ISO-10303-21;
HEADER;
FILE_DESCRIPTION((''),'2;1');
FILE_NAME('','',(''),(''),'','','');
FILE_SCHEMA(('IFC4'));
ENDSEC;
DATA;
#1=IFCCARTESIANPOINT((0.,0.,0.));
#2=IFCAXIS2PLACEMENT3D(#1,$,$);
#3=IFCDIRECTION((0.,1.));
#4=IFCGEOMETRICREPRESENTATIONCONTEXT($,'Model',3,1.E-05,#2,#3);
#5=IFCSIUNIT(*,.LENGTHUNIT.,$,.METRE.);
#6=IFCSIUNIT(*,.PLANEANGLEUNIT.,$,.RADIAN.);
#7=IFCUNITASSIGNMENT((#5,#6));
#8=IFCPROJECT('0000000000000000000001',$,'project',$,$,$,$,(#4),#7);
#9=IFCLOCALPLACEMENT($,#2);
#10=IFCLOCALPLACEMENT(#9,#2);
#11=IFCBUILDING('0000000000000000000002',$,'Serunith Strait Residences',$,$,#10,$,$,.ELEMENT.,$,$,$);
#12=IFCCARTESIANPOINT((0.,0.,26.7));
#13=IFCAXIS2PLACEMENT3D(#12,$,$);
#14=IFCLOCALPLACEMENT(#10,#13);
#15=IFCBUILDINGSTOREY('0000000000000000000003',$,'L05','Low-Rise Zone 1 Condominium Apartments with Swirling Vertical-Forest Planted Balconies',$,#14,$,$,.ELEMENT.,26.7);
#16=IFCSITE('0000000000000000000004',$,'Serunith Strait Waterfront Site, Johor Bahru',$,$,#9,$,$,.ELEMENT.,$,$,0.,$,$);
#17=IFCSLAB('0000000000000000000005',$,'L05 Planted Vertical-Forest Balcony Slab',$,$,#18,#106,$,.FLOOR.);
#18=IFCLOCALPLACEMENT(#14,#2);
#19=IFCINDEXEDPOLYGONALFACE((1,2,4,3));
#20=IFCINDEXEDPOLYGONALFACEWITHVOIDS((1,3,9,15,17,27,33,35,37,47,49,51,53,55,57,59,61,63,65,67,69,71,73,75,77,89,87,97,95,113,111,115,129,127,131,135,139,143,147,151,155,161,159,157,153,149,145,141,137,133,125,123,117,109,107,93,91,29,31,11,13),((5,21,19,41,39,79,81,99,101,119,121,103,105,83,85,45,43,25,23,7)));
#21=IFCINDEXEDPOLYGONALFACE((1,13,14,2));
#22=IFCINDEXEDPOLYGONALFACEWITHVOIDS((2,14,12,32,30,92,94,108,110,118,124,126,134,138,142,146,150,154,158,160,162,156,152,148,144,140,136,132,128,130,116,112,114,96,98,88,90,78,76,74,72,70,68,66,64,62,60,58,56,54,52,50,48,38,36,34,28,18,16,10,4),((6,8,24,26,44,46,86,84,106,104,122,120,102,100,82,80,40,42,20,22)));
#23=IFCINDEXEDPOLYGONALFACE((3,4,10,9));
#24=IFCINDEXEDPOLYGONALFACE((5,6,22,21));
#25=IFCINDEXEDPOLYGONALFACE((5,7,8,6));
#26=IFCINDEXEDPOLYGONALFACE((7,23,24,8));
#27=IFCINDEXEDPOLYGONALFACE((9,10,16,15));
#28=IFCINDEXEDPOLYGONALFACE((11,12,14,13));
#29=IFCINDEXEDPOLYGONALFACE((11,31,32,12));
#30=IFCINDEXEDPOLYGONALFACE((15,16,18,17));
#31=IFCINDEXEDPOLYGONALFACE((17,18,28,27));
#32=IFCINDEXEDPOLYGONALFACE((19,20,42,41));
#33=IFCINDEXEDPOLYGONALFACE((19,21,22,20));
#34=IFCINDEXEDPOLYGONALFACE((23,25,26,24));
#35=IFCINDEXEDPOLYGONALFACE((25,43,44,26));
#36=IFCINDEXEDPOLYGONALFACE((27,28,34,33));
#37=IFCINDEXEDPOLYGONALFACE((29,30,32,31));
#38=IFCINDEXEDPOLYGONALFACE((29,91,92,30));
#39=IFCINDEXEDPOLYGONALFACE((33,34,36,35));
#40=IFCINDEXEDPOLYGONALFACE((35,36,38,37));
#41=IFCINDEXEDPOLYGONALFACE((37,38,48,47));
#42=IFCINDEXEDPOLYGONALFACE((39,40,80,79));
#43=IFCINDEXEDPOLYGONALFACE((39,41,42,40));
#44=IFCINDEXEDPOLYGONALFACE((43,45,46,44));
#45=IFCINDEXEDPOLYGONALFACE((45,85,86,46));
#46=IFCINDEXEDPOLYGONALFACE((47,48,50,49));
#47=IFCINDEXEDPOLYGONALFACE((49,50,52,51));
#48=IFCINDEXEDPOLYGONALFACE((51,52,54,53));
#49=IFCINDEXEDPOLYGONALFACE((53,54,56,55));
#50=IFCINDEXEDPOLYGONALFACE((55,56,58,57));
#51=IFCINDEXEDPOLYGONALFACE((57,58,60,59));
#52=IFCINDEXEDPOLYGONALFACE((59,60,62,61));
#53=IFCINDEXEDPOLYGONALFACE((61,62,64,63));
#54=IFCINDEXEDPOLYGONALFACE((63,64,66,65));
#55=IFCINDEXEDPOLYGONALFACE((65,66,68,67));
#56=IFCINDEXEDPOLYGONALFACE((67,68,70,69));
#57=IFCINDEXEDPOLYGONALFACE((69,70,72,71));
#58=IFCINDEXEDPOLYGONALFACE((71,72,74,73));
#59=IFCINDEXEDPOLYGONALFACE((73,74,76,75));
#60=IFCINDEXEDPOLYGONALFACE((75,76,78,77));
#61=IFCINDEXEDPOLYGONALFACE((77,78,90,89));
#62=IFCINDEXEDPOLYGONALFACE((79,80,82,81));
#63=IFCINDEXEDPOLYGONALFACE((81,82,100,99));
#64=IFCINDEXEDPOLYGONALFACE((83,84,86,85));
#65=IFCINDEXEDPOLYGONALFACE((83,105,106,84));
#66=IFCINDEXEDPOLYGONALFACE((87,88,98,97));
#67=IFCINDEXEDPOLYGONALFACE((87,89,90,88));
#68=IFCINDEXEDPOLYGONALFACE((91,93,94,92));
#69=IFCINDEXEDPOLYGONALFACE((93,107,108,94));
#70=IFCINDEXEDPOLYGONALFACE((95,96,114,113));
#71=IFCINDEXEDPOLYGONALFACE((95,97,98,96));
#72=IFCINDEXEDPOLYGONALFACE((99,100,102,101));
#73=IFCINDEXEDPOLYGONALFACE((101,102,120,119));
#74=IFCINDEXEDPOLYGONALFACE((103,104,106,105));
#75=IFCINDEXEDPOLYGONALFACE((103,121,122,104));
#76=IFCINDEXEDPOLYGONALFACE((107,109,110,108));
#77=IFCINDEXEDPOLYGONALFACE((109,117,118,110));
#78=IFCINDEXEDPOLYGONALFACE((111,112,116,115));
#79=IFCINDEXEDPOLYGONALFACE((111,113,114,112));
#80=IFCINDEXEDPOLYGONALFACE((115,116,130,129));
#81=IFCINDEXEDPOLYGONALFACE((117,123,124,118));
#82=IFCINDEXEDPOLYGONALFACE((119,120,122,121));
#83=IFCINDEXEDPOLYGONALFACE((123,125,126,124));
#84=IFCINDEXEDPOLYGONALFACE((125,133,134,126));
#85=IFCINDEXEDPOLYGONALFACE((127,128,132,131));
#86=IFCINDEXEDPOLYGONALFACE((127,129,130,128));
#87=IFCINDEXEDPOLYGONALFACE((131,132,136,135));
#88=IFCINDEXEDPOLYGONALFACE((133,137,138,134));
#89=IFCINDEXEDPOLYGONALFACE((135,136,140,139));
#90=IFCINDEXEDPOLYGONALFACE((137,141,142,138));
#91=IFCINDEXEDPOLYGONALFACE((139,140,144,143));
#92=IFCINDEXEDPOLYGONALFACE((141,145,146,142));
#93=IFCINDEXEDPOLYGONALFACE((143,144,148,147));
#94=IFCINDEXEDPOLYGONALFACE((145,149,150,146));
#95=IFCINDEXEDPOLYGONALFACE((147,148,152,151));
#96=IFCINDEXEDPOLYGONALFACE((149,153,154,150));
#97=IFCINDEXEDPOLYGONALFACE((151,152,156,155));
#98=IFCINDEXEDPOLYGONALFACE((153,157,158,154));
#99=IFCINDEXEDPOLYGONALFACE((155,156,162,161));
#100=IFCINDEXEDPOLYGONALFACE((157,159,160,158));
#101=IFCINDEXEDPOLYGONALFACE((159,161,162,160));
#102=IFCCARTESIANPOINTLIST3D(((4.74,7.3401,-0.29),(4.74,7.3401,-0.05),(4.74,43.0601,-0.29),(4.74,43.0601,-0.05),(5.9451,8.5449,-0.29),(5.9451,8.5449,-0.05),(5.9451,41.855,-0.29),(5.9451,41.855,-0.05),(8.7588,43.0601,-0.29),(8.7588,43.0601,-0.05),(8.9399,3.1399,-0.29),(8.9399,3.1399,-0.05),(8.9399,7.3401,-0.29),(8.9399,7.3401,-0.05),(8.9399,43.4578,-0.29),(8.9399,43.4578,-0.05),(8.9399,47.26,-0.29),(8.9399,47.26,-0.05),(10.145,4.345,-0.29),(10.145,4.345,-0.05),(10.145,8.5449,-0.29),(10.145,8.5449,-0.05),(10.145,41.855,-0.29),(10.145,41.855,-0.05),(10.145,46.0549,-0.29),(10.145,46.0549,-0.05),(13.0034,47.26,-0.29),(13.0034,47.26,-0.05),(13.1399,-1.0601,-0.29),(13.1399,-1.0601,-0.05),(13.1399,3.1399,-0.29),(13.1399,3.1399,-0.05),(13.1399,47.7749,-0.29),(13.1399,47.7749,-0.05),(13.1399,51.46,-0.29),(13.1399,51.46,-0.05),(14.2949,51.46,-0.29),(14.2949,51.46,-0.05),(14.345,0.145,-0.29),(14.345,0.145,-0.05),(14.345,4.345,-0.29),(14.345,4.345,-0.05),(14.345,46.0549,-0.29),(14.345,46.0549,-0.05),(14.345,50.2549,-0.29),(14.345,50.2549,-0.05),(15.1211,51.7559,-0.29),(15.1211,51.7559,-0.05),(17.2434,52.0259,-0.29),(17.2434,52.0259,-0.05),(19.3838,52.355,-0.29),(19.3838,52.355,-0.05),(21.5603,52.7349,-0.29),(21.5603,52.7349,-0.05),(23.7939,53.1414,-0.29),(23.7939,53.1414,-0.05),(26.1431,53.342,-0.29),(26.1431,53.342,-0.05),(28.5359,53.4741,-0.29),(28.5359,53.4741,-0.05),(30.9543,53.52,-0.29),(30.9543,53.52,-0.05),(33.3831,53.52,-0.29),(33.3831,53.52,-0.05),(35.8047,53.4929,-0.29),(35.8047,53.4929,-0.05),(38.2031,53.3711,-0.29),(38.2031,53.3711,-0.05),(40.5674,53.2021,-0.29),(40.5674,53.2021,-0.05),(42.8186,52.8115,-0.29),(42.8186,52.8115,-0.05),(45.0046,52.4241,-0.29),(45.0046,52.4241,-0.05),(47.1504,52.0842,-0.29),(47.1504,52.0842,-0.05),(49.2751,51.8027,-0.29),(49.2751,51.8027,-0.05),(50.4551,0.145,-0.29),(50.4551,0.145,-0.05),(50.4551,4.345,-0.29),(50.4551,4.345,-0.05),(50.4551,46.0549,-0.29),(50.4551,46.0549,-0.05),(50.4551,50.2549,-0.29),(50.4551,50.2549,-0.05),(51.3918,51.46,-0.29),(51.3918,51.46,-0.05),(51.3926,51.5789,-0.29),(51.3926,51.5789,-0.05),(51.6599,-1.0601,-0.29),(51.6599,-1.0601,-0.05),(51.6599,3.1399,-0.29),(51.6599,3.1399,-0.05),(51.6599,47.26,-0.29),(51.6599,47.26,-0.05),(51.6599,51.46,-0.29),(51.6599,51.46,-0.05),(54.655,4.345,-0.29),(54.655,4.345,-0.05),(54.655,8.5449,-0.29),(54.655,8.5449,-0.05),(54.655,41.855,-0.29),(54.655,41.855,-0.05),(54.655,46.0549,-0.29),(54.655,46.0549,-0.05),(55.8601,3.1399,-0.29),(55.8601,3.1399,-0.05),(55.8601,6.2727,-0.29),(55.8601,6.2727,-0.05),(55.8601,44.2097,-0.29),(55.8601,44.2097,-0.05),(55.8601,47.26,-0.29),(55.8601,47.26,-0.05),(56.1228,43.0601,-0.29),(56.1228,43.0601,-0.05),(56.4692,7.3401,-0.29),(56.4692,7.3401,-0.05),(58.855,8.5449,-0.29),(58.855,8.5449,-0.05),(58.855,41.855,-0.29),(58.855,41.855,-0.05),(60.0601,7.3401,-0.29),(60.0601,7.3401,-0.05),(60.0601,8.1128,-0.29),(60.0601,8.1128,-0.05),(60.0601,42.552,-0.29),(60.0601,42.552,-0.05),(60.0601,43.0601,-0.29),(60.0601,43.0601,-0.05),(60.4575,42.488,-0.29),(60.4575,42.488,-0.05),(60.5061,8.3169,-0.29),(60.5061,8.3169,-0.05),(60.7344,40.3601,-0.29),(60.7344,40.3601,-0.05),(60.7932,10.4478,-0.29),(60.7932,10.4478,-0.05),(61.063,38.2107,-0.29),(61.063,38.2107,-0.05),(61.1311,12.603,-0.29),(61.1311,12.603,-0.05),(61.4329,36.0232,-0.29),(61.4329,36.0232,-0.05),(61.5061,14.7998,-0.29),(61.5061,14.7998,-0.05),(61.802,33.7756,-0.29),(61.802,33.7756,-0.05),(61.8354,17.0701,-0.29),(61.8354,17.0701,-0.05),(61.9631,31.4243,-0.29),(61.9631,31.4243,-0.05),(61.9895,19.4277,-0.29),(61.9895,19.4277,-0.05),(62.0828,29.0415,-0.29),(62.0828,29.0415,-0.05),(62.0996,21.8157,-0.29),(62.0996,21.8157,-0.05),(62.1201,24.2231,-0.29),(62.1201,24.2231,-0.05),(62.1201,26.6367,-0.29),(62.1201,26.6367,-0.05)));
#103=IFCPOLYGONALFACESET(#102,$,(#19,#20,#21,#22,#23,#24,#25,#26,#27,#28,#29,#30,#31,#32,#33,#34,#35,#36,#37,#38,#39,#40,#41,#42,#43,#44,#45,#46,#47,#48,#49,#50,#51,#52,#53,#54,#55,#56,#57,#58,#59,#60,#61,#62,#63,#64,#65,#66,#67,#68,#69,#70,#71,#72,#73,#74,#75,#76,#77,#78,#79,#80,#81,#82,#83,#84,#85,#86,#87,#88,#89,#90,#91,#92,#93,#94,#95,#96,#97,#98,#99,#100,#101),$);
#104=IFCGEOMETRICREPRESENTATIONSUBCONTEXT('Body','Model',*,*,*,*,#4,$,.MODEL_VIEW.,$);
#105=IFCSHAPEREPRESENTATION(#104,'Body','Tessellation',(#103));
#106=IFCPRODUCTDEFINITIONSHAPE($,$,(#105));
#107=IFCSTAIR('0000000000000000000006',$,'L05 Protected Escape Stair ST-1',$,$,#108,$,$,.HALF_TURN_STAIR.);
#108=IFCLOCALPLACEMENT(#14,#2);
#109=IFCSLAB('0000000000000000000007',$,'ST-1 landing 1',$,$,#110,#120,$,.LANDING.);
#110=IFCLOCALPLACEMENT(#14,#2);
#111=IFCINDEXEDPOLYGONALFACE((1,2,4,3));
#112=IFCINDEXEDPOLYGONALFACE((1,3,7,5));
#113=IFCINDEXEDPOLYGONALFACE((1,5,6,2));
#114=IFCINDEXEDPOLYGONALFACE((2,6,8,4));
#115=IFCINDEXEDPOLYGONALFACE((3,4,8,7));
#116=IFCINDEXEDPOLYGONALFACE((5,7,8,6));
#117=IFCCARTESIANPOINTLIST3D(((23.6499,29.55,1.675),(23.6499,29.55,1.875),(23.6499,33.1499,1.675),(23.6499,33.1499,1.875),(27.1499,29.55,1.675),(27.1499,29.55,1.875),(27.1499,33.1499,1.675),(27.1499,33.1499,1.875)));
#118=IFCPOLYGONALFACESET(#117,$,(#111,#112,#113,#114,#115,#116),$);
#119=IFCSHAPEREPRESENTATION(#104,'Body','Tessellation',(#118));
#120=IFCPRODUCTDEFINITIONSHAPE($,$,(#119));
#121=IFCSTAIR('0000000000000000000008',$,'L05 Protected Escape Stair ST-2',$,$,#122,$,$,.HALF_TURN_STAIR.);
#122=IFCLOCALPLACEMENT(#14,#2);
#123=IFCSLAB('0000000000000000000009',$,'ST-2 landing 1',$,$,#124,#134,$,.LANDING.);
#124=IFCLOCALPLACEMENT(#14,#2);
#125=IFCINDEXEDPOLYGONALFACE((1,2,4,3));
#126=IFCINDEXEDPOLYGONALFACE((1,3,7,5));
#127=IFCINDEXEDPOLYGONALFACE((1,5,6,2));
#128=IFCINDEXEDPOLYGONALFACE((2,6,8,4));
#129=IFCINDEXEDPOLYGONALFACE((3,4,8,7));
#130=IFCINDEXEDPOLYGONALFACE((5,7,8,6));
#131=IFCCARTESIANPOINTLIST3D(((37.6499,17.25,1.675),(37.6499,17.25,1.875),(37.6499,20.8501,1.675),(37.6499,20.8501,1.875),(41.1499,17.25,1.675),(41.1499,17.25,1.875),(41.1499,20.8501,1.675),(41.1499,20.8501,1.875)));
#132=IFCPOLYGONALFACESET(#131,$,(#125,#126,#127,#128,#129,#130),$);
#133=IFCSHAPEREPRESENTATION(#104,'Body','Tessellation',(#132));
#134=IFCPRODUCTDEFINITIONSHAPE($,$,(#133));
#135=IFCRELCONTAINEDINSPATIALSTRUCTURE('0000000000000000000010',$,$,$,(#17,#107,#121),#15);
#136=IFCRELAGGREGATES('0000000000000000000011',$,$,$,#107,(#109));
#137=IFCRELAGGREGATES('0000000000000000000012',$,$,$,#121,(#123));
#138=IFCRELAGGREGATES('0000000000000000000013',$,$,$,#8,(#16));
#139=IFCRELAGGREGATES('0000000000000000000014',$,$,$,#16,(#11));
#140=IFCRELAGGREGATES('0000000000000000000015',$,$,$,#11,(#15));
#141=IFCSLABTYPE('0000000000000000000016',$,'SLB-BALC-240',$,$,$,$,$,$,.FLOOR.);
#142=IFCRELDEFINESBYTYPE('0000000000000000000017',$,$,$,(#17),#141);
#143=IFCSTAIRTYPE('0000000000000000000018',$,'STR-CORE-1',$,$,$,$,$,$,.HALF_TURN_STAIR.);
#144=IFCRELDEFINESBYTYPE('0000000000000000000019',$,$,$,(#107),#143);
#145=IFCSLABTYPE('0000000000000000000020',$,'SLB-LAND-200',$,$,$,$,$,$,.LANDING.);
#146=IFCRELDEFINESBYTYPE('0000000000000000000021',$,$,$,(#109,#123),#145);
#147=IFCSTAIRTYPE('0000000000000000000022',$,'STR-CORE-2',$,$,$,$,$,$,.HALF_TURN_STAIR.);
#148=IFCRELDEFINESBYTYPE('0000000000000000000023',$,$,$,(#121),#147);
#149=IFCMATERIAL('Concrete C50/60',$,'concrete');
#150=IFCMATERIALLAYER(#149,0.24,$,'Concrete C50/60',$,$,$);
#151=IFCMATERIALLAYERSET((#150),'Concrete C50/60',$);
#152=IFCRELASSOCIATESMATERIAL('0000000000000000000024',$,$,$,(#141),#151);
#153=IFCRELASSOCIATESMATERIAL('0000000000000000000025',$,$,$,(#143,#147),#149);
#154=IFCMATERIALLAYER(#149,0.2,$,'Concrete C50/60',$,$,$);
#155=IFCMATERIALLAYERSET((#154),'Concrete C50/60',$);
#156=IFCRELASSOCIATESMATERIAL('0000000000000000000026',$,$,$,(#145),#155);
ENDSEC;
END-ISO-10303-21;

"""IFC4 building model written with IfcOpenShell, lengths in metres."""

from ifc_helpers import new_model, si_unit, direction, frame, origin, place, context, subcontext, project, spatial, polyline, outline, extrude, material, layer, layer_set, type_object, element, aggregate, save


model = new_model("IFC4")

# Units and contexts
model_context = context("Model", 3, precision=1e-05, world=origin(), true_north=direction((0.0, 1.0)))
body_context = subcontext(model_context, "Body", "Model", "MODEL_VIEW")
ifc_project = project(units=[si_unit("LENGTHUNIT", "METRE"), si_unit("PLANEANGLEUNIT", "RADIAN")], contexts=[model_context])

# Site, building, storey
site_placement = place(None, origin())
site = spatial("IfcSite", under=ifc_project, at=site_placement, Name="Serunith Strait Waterfront Site, Johor Bahru", CompositionType="ELEMENT", RefElevation=0.0)
building_placement = place(site_placement, origin())
building = spatial("IfcBuilding", under=site, at=building_placement, Name="Serunith Strait Residences", CompositionType="ELEMENT")
storey_placement = place(building_placement, frame((0.0, 0.0, 26.7)))
storey = spatial("IfcBuildingStorey", under=building, at=storey_placement, Name="L05", Description="Low-Rise Zone 1 Condominium Apartments with Swirling Vertical-Forest Planted Balconies", CompositionType="ELEMENT", Elevation=26.7)

# Slab
ifc_material_1 = material(Name="Concrete C50/60", Category="concrete")
ifc_layer_1 = layer(ifc_material_1, 0.24, Name="Concrete C50/60")
ifc_layer_set_1 = layer_set([ifc_layer_1], Name="Concrete C50/60")
slab_type_1 = type_object("IfcSlabType", Name="SLB-BALC-240", PredefinedType="FLOOR", material=ifc_layer_set_1)
slab_1_placement = place(storey_placement, frame((0.0, 0.0, -0.29)))
element("IfcSlab", 1, at=slab_1_placement, inside=storey, type_object=slab_type_1, Name="L05 Planted Vertical-Forest Balcony Slab", PredefinedType="FLOOR", context=body_context, shape_type="SweptSolid", body=[
    extrude(outline(polyline([(13.0034, 47.26), (13.1399, 47.7749), (13.1399, 51.46), (14.2949, 51.46), (15.1211, 51.7559), (17.2434, 52.0259), (19.3838, 52.355), (21.5603, 52.7349), (23.7939, 53.1414), (26.1431, 53.342), (28.5359, 53.4741), (30.9543, 53.52), (33.3831, 53.52), (35.8047, 53.4929), (38.2031, 53.3711), (40.5674, 53.2021), (42.8186, 52.8115), (45.0046, 52.4241), (47.1504, 52.0842), (49.2751, 51.8027), (51.3926, 51.5789), (51.3918, 51.46), (51.6599, 51.46), (51.6599, 47.26), (55.8601, 47.26), (55.8601, 44.2097), (56.1228, 43.0601), (60.0601, 43.0601), (60.0601, 42.552), (60.4575, 42.488), (60.7344, 40.3601), (61.063, 38.2107), (61.4329, 36.0232), (61.802, 33.7756), (61.9631, 31.4243), (62.0828, 29.0415), (62.1201, 26.6367), (62.1201, 24.2231), (62.0996, 21.8157), (61.9895, 19.4277), (61.8354, 17.0701), (61.5061, 14.7998), (61.1311, 12.603), (60.7932, 10.4478), (60.5061, 8.3169), (60.0601, 8.1128), (60.0601, 7.3401), (56.4692, 7.3401), (55.8601, 6.2727), (55.8601, 3.1399), (51.6599, 3.1399), (51.6599, -1.0601), (13.1399, -1.0601), (13.1399, 3.1399), (8.9399, 3.1399), (8.9399, 7.3401), (4.74, 7.3401), (4.74, 43.0601), (8.7588, 43.0601), (8.9399, 43.4578), (8.9399, 47.26), (13.0034, 47.26)]), holes=[polyline([(50.4551, 0.145), (50.4551, 4.345), (54.655, 4.345), (54.655, 8.5449), (58.855, 8.5449), (58.855, 41.855), (54.655, 41.855), (54.655, 46.0549), (50.4551, 46.0549), (50.4551, 50.2549), (14.345, 50.2549), (14.345, 46.0549), (10.145, 46.0549), (10.145, 41.855), (5.9451, 41.855), (5.9451, 8.5449), (10.145, 8.5449), (10.145, 4.345), (14.345, 4.345), (14.345, 0.145), (50.4551, 0.145)])]), origin(), (0.0, 0.0, 1.0), 0.24),
])

# Stairs, slabs
stair_type_1 = type_object("IfcStairType", Name="STR-CORE-1", PredefinedType="HALF_TURN_STAIR", material=ifc_material_1)
stair_1_placement = place(storey_placement, origin())
stair_1 = element("IfcStair", 2, at=stair_1_placement, inside=storey, type_object=stair_type_1, Name="L05 Protected Escape Stair ST-1", PredefinedType="HALF_TURN_STAIR")
ifc_layer_2 = layer(ifc_material_1, 0.2, Name="Concrete C50/60")
ifc_layer_set_2 = layer_set([ifc_layer_2], Name="Concrete C50/60")
slab_type_2 = type_object("IfcSlabType", Name="SLB-LAND-200", PredefinedType="LANDING", material=ifc_layer_set_2)
slab_2_placement = place(storey_placement, frame((0.0, 0.0, 1.675)))
slab_2 = element("IfcSlab", 3, at=slab_2_placement, type_object=slab_type_2, Name="ST-1 landing 1", PredefinedType="LANDING", context=body_context, shape_type="SweptSolid", body=[
    extrude(outline(polyline([(27.1499, 29.55), (27.1499, 33.1499), (23.6499, 33.1499), (23.6499, 29.55), (27.1499, 29.55)])), origin(), (0.0, 0.0, 1.0), 0.2),
])
aggregate(stair_1, [slab_2])
stair_type_2 = type_object("IfcStairType", Name="STR-CORE-2", PredefinedType="HALF_TURN_STAIR", material=ifc_material_1)
stair_2_placement = place(storey_placement, origin())
stair_2 = element("IfcStair", 4, at=stair_2_placement, inside=storey, type_object=stair_type_2, Name="L05 Protected Escape Stair ST-2", PredefinedType="HALF_TURN_STAIR")
slab_3_placement = place(storey_placement, frame((0.0, 0.0, 1.675)))
slab_3 = element("IfcSlab", 5, at=slab_3_placement, type_object=slab_type_2, Name="ST-2 landing 1", PredefinedType="LANDING", context=body_context, shape_type="SweptSolid", body=[
    extrude(outline(polyline([(37.6499, 20.8501), (37.6499, 17.25), (41.1499, 17.25), (41.1499, 20.8501), (37.6499, 20.8501)])), origin(), (0.0, 0.0, 1.0), 0.2),
])
aggregate(stair_2, [slab_3])

save(model, "model.ifc")
